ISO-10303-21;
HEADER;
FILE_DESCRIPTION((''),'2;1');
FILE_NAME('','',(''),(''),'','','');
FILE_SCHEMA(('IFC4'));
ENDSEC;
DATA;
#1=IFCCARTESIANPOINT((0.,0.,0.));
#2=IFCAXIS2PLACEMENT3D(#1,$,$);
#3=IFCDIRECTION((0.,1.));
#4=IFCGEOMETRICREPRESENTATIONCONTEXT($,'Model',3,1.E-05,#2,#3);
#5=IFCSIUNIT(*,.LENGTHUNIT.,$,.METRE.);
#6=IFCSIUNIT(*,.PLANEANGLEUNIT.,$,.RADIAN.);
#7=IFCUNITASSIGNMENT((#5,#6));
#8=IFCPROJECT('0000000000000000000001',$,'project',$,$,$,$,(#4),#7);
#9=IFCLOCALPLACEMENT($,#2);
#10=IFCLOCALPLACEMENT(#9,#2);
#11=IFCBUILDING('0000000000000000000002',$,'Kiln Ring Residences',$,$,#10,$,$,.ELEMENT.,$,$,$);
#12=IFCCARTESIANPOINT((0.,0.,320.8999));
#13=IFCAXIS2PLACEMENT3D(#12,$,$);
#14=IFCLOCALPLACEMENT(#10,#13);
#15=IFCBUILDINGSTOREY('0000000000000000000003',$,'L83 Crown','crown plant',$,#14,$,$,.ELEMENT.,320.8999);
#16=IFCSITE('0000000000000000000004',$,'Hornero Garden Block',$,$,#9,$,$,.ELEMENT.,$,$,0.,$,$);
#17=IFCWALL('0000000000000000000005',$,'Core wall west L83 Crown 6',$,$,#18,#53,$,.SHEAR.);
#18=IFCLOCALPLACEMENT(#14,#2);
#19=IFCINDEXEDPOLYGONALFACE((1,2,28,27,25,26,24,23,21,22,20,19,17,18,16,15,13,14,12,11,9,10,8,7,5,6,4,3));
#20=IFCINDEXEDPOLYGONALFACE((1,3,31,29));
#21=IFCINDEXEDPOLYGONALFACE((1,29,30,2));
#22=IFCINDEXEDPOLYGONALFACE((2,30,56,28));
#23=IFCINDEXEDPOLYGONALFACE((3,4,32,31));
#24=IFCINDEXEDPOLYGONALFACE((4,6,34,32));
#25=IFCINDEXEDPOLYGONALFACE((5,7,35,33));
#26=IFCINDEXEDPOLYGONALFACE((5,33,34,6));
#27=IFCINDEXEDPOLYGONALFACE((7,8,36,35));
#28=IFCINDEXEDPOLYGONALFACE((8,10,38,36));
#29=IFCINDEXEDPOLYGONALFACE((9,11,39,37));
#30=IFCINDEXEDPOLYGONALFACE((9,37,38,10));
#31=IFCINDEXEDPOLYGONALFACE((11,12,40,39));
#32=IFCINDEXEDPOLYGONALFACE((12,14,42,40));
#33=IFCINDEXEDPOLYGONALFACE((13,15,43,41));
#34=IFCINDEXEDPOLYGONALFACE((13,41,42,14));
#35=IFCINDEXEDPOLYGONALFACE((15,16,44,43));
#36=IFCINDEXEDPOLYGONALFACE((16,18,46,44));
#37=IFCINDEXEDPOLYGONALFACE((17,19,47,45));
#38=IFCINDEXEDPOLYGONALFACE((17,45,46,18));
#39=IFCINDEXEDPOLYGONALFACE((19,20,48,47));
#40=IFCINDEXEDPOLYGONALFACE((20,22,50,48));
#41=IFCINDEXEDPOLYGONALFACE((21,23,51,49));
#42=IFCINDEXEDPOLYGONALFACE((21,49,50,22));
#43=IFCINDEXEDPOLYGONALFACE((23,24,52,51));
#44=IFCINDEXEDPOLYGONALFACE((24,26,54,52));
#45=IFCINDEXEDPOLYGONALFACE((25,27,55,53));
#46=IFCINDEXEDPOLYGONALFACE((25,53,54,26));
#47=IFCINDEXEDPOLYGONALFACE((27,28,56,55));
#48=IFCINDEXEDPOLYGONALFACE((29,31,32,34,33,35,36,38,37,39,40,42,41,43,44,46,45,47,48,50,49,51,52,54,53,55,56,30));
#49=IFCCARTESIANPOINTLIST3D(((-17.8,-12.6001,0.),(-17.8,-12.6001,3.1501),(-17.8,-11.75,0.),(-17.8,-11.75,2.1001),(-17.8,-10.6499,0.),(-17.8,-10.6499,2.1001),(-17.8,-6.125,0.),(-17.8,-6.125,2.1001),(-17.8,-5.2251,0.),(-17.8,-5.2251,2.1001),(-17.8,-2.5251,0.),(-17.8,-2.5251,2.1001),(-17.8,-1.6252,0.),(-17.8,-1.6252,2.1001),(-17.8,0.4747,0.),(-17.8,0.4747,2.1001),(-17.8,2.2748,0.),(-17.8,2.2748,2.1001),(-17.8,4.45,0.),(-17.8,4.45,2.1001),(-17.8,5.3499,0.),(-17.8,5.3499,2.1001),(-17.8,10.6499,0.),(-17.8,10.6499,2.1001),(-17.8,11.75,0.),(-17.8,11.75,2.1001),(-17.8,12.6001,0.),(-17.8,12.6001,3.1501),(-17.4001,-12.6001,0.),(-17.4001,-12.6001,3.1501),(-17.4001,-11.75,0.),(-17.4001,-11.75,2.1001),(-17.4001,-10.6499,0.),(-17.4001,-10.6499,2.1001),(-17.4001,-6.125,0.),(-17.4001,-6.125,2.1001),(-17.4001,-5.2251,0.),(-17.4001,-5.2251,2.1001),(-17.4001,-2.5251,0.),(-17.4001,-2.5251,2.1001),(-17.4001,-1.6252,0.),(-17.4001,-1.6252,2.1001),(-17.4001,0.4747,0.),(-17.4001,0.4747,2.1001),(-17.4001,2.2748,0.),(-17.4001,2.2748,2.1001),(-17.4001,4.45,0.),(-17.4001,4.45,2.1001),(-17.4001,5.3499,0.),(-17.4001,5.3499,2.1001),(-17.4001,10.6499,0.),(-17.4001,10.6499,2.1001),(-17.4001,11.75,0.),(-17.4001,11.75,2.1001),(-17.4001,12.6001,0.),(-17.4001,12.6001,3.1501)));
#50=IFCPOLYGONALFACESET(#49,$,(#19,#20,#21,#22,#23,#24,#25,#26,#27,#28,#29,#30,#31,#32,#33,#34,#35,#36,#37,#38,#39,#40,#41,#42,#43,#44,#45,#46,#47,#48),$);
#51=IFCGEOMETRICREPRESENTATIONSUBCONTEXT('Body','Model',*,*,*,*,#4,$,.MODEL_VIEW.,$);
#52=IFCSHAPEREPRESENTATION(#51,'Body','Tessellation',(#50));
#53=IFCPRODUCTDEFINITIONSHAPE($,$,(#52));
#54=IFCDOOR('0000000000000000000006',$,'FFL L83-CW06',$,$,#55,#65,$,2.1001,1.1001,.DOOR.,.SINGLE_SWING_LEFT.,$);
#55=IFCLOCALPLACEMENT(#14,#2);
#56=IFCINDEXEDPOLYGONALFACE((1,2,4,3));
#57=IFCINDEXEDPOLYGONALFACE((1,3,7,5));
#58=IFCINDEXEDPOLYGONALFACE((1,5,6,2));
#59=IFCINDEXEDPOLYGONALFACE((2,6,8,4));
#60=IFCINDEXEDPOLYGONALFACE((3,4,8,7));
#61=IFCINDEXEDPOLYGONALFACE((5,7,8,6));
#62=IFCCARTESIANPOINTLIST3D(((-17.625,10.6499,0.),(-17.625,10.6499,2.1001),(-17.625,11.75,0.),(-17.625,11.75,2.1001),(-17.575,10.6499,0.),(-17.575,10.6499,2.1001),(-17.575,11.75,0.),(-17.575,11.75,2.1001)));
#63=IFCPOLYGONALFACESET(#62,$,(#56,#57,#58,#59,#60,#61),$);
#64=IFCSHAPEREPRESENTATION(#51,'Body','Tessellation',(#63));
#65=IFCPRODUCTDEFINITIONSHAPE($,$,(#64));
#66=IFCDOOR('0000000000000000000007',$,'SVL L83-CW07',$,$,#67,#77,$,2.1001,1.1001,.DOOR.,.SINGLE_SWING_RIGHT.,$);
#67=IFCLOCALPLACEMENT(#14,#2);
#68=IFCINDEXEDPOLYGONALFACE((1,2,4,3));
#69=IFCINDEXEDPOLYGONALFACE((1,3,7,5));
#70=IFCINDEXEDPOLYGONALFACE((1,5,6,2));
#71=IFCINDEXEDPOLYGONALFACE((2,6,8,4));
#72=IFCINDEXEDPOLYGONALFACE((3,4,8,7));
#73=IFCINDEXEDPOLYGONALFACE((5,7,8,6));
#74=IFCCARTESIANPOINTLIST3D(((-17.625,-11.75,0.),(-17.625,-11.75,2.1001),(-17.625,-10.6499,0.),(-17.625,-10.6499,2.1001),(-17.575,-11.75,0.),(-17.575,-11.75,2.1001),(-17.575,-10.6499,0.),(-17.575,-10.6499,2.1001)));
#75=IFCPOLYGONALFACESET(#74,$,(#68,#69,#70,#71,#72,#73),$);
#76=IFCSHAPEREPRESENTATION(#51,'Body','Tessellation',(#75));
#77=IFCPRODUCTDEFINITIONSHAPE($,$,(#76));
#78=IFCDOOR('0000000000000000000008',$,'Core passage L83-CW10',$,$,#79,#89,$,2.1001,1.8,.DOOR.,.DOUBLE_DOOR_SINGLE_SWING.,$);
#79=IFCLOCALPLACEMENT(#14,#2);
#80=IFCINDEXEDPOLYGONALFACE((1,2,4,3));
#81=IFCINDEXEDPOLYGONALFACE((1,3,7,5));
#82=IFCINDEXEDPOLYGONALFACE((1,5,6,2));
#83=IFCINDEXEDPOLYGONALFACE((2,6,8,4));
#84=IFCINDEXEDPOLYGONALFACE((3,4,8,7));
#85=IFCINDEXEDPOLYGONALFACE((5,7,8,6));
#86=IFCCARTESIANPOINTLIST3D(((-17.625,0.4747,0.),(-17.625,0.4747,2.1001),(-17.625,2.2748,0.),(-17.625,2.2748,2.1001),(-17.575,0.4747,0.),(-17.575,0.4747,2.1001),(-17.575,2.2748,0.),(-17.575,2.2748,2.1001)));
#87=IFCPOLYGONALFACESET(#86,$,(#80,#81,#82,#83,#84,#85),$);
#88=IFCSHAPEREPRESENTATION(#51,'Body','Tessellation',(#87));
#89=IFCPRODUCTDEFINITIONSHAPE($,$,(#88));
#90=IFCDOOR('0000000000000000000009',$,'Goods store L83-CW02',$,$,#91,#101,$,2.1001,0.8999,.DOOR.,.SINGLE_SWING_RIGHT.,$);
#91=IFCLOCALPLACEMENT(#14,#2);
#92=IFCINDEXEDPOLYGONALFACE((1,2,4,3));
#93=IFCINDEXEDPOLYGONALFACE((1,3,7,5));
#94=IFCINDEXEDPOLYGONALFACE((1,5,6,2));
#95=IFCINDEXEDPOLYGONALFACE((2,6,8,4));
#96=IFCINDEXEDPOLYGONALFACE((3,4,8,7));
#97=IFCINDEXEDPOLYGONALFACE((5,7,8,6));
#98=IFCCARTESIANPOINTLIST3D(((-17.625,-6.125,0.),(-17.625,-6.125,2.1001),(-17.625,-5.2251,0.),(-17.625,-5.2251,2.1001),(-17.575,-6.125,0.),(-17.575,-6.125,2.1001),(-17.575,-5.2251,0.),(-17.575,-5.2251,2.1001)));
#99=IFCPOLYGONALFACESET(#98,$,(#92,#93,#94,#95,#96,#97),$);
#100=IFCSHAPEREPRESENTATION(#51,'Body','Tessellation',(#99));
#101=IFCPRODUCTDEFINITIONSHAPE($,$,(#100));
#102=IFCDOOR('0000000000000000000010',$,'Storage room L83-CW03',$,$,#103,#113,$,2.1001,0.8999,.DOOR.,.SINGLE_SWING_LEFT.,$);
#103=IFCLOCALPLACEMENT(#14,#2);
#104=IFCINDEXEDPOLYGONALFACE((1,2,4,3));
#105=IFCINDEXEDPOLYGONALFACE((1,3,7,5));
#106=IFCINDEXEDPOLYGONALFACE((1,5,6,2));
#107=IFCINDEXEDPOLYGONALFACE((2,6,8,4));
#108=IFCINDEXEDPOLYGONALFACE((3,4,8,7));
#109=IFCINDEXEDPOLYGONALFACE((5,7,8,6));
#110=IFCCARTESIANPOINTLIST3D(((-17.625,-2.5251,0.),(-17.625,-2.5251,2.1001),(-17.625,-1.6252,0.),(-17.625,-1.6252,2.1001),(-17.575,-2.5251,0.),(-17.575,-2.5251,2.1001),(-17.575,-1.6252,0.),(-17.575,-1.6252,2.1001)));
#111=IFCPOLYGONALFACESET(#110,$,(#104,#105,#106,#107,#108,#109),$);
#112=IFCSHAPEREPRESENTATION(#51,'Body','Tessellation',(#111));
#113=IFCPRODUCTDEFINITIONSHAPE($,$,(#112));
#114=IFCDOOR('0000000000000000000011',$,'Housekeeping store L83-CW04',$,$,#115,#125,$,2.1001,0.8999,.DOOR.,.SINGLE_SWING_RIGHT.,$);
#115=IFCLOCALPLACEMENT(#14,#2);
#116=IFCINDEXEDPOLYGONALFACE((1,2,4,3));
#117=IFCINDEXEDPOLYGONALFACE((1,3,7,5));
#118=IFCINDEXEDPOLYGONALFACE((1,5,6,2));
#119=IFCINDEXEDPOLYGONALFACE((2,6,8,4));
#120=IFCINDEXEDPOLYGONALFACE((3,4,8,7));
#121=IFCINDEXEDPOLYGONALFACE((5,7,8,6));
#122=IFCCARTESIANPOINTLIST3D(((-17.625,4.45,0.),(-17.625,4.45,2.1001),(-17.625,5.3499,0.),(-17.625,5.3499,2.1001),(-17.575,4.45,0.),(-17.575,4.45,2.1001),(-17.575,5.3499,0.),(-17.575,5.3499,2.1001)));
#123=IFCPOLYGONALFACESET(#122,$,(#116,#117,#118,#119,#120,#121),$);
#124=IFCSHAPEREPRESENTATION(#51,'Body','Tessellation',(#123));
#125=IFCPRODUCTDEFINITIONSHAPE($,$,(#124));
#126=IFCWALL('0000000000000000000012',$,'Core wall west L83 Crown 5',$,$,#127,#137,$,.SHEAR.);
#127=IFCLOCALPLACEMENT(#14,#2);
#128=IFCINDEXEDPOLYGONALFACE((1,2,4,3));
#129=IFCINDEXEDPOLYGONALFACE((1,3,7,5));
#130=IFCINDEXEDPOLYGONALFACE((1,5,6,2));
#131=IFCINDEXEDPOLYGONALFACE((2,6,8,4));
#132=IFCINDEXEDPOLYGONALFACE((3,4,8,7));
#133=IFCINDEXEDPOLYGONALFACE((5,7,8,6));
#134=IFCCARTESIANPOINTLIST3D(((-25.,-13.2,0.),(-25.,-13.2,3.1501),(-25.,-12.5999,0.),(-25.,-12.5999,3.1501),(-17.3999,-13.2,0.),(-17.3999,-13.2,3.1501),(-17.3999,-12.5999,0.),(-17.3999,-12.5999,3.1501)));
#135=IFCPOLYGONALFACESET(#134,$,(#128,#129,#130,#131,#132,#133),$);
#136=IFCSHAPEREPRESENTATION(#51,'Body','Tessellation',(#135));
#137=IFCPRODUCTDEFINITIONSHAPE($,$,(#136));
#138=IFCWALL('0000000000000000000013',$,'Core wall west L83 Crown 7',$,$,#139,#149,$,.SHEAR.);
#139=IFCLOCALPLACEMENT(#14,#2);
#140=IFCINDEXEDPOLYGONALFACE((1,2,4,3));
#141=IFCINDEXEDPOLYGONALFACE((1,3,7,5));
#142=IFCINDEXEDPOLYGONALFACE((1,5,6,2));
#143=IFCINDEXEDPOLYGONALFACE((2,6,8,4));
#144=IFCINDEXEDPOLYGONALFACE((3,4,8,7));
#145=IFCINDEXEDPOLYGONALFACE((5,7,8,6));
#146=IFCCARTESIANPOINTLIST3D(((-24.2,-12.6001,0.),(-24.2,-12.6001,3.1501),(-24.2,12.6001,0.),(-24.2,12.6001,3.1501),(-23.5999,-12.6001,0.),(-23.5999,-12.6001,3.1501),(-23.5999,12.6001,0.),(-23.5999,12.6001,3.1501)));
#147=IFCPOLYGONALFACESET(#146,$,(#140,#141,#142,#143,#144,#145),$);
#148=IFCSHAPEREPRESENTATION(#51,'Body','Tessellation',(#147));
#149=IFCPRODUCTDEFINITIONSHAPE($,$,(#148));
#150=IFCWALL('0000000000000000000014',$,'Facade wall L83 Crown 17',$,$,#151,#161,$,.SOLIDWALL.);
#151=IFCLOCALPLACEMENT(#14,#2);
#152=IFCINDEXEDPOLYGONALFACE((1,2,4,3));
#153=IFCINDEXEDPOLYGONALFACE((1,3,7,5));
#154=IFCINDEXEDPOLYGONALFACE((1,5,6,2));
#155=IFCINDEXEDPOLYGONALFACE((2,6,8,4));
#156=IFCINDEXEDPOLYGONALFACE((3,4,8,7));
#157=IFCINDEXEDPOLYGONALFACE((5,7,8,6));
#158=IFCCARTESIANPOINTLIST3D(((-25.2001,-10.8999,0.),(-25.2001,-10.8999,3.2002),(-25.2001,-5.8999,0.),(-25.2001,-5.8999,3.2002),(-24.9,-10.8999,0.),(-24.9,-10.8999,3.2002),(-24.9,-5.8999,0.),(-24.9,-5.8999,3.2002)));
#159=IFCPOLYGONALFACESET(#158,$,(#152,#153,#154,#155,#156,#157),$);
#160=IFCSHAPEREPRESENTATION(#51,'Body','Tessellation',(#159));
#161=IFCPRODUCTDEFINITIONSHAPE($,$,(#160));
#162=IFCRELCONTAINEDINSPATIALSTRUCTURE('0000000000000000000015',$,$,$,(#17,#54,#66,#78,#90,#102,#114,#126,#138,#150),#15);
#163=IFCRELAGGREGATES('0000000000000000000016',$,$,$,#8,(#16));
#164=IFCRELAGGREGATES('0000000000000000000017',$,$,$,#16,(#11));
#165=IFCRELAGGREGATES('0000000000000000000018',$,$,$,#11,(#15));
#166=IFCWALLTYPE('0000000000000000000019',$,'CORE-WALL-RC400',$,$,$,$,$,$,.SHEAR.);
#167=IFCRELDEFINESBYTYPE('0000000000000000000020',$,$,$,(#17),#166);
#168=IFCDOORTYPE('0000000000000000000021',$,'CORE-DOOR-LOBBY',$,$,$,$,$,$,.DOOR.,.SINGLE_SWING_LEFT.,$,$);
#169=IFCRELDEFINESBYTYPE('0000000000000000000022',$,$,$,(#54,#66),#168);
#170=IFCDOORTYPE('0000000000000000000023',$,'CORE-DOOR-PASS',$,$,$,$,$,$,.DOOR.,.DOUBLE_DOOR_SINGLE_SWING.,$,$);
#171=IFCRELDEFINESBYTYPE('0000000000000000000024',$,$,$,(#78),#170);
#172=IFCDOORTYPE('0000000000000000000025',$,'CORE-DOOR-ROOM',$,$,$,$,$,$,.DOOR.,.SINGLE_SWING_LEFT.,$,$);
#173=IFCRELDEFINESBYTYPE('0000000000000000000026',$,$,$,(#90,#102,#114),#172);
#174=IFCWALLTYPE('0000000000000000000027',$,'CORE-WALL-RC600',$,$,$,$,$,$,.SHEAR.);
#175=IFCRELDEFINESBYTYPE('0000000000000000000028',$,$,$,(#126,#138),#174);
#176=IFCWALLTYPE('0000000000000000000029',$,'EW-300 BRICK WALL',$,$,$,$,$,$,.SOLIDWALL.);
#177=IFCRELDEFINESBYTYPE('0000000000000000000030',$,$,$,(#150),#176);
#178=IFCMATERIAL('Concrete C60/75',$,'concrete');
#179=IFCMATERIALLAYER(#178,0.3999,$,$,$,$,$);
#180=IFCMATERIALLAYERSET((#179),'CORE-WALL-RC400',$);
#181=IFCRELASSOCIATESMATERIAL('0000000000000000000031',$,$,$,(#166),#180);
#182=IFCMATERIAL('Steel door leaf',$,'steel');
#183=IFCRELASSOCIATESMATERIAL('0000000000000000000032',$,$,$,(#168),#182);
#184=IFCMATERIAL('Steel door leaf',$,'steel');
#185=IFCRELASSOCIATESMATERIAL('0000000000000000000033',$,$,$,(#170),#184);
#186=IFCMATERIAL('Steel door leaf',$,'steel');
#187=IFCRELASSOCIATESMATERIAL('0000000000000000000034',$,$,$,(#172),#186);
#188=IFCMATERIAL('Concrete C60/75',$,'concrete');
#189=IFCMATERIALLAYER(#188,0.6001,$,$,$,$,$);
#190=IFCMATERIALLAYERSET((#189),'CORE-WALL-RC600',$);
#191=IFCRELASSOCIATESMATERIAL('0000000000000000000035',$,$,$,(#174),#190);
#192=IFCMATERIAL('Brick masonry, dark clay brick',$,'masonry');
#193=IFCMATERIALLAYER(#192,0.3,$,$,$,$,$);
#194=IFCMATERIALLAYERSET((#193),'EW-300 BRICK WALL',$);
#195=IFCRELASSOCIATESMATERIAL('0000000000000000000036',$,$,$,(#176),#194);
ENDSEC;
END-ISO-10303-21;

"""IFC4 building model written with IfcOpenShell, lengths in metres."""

from ifc_helpers import new_model, si_unit, direction, frame, frame_2d, origin, place, context, subcontext, project, spatial, rectangle, extrude, material, layer, layer_set, type_object, element, fill, save


model = new_model("IFC4")

# Units and contexts
model_context = context("Model", 3, precision=1e-05, world=origin(), true_north=direction((0.0, 1.0)))
body_context = subcontext(model_context, "Body", "Model", "MODEL_VIEW")
ifc_project = project(units=[si_unit("LENGTHUNIT", "METRE"), si_unit("PLANEANGLEUNIT", "RADIAN")], contexts=[model_context])

# Site, building, storey
site_placement = place(None, origin())
site = spatial("IfcSite", under=ifc_project, at=site_placement, Name="Hornero Garden Block", CompositionType="ELEMENT", RefElevation=0.0)
building_placement = place(site_placement, origin())
building = spatial("IfcBuilding", under=site, at=building_placement, Name="Kiln Ring Residences", CompositionType="ELEMENT")
storey_placement = place(building_placement, frame((0.0, 0.0, 320.8999)))
storey = spatial("IfcBuildingStorey", under=building, at=storey_placement, Name="L83 Crown", Description="crown plant", CompositionType="ELEMENT", Elevation=320.8999)

# Wall, openings, doors
ifc_material_1 = material(Name="Concrete C60/75", Category="concrete")
ifc_layer_1 = layer(ifc_material_1, 0.3999)
ifc_layer_set_1 = layer_set([ifc_layer_1], Name="CORE-WALL-RC400")
wall_type_1 = type_object("IfcWallType", Name="CORE-WALL-RC400", PredefinedType="SHEAR", material=ifc_layer_set_1)
wall_1_placement = place(storey_placement, frame((-17.6001, -12.6001, 0.0), z_axis=(0.0, 0.0, 1.0), x_axis=(0.0, 1.0, 0.0)))
wall_1 = element("IfcWall", 1, at=wall_1_placement, inside=storey, type_object=wall_type_1, Name="Core wall west L83 Crown 6", PredefinedType="SHEAR", context=body_context, shape_type="SweptSolid", body=[
    extrude(rectangle(XDim=25.2002, YDim=0.3999, at=frame_2d((12.6001, 0.0))), origin(), (0.0, 0.0, 1.0), 3.1501),
])
opening_1_placement = place(wall_1_placement, frame((6.4751, 0.0, 0.0)))
opening_1 = element("IfcOpeningElement", 2, at=opening_1_placement, cuts=wall_1, PredefinedType="OPENING", context=body_context, shape_type="SweptSolid", body=[
    extrude(rectangle(XDim=0.8999, YDim=2.1001, at=frame_2d((0.45, 1.05))), frame((0.0, 0.21, 0.0), z_axis=(0.0, -1.0, 0.0), x_axis=(1.0, 0.0, 0.0)), (0.0, 0.0, 1.0), 0.4199),
])
opening_2_placement = place(wall_1_placement, frame((10.075, 0.0, 0.0)))
opening_2 = element("IfcOpeningElement", 3, at=opening_2_placement, cuts=wall_1, PredefinedType="OPENING", context=body_context, shape_type="SweptSolid", body=[
    extrude(rectangle(XDim=0.8999, YDim=2.1001, at=frame_2d((0.45, 1.05))), frame((0.0, 0.21, 0.0), z_axis=(0.0, -1.0, 0.0), x_axis=(1.0, 0.0, 0.0)), (0.0, 0.0, 1.0), 0.4199),
])
opening_3_placement = place(wall_1_placement, frame((17.05, 0.0, 0.0)))
opening_3 = element("IfcOpeningElement", 4, at=opening_3_placement, cuts=wall_1, PredefinedType="OPENING", context=body_context, shape_type="SweptSolid", body=[
    extrude(rectangle(XDim=0.8999, YDim=2.1001, at=frame_2d((0.45, 1.05))), frame((0.0, 0.21, 0.0), z_axis=(0.0, -1.0, 0.0), x_axis=(1.0, 0.0, 0.0)), (0.0, 0.0, 1.0), 0.4199),
])
opening_4_placement = place(wall_1_placement, frame((23.25, 0.0, 0.0)))
opening_4 = element("IfcOpeningElement", 5, at=opening_4_placement, cuts=wall_1, PredefinedType="OPENING", context=body_context, shape_type="SweptSolid", body=[
    extrude(rectangle(XDim=1.1001, YDim=2.1001, at=frame_2d((0.55, 1.05))), frame((0.0, 0.21, 0.0), z_axis=(0.0, -1.0, 0.0), x_axis=(1.0, 0.0, 0.0)), (0.0, 0.0, 1.0), 0.4199),
])
opening_5_placement = place(wall_1_placement, frame((0.8501, 0.0, 0.0)))
opening_5 = element("IfcOpeningElement", 6, at=opening_5_placement, cuts=wall_1, PredefinedType="OPENING", context=body_context, shape_type="SweptSolid", body=[
    extrude(rectangle(XDim=1.1001, YDim=2.1001, at=frame_2d((0.55, 1.05))), frame((0.0, 0.21, 0.0), z_axis=(0.0, -1.0, 0.0), x_axis=(1.0, 0.0, 0.0)), (0.0, 0.0, 1.0), 0.4199),
])
opening_6_placement = place(wall_1_placement, frame((13.075, 0.0, 0.0)))
opening_6 = element("IfcOpeningElement", 7, at=opening_6_placement, cuts=wall_1, PredefinedType="OPENING", context=body_context, shape_type="SweptSolid", body=[
    extrude(rectangle(XDim=1.8, YDim=2.1001, at=frame_2d((0.8999, 1.05))), frame((0.0, 0.21, 0.0), z_axis=(0.0, -1.0, 0.0), x_axis=(1.0, 0.0, 0.0)), (0.0, 0.0, 1.0), 0.4199),
])
ifc_material_2 = material(Name="Steel door leaf", Category="steel")
door_type_1 = type_object("IfcDoorType", Name="CORE-DOOR-LOBBY", OperationType="SINGLE_SWING_LEFT", PredefinedType="DOOR", material=ifc_material_2)
door_1_placement = place(opening_4_placement, origin())
door_1 = element("IfcDoor", 8, at=door_1_placement, inside=storey, type_object=door_type_1, Name="FFL L83-CW06", OperationType="SINGLE_SWING_LEFT", OverallHeight=2.1001, OverallWidth=1.1001, PredefinedType="DOOR", context=body_context, shape_type="SweptSolid", body=[
    extrude(rectangle(XDim=1.1001, YDim=2.1001, at=frame_2d((0.55, 1.05))), frame((0.0, 0.0249, 0.0), z_axis=(0.0, -1.0, 0.0), x_axis=(1.0, 0.0, 0.0)), (0.0, 0.0, 1.0), 0.05),
])
fill(opening_4, door_1)
door_2_placement = place(opening_5_placement, origin())
door_2 = element("IfcDoor", 9, at=door_2_placement, inside=storey, type_object=door_type_1, Name="SVL L83-CW07", OperationType="SINGLE_SWING_RIGHT", OverallHeight=2.1001, OverallWidth=1.1001, PredefinedType="DOOR", context=body_context, shape_type="SweptSolid", body=[
    extrude(rectangle(XDim=1.1001, YDim=2.1001, at=frame_2d((0.55, 1.05))), frame((0.0, 0.0249, 0.0), z_axis=(0.0, -1.0, 0.0), x_axis=(1.0, 0.0, 0.0)), (0.0, 0.0, 1.0), 0.05),
])
fill(opening_5, door_2)
ifc_material_3 = material(Name="Steel door leaf", Category="steel")
door_type_2 = type_object("IfcDoorType", Name="CORE-DOOR-PASS", OperationType="DOUBLE_DOOR_SINGLE_SWING", PredefinedType="DOOR", material=ifc_material_3)
door_3_placement = place(opening_6_placement, origin())
door_3 = element("IfcDoor", 10, at=door_3_placement, inside=storey, type_object=door_type_2, Name="Core passage L83-CW10", OperationType="DOUBLE_DOOR_SINGLE_SWING", OverallHeight=2.1001, OverallWidth=1.8, PredefinedType="DOOR", context=body_context, shape_type="SweptSolid", body=[
    extrude(rectangle(XDim=1.8, YDim=2.1001, at=frame_2d((0.8999, 1.05))), frame((0.0, 0.0249, 0.0), z_axis=(0.0, -1.0, 0.0), x_axis=(1.0, 0.0, 0.0)), (0.0, 0.0, 1.0), 0.05),
])
fill(opening_6, door_3)
ifc_material_4 = material(Name="Steel door leaf", Category="steel")
door_type_3 = type_object("IfcDoorType", Name="CORE-DOOR-ROOM", OperationType="SINGLE_SWING_LEFT", PredefinedType="DOOR", material=ifc_material_4)
door_4_placement = place(opening_1_placement, origin())
door_4 = element("IfcDoor", 11, at=door_4_placement, inside=storey, type_object=door_type_3, Name="Goods store L83-CW02", OperationType="SINGLE_SWING_RIGHT", OverallHeight=2.1001, OverallWidth=0.8999, PredefinedType="DOOR", context=body_context, shape_type="SweptSolid", body=[
    extrude(rectangle(XDim=0.8999, YDim=2.1001, at=frame_2d((0.45, 1.05))), frame((0.0, 0.0249, 0.0), z_axis=(0.0, -1.0, 0.0), x_axis=(1.0, 0.0, 0.0)), (0.0, 0.0, 1.0), 0.05),
])
fill(opening_1, door_4)
door_5_placement = place(opening_2_placement, origin())
door_5 = element("IfcDoor", 12, at=door_5_placement, inside=storey, type_object=door_type_3, Name="Storage room L83-CW03", OperationType="SINGLE_SWING_LEFT", OverallHeight=2.1001, OverallWidth=0.8999, PredefinedType="DOOR", context=body_context, shape_type="SweptSolid", body=[
    extrude(rectangle(XDim=0.8999, YDim=2.1001, at=frame_2d((0.45, 1.05))), frame((0.0, 0.0249, 0.0), z_axis=(0.0, -1.0, 0.0), x_axis=(1.0, 0.0, 0.0)), (0.0, 0.0, 1.0), 0.05),
])
fill(opening_2, door_5)
door_6_placement = place(opening_3_placement, origin())
door_6 = element("IfcDoor", 13, at=door_6_placement, inside=storey, type_object=door_type_3, Name="Housekeeping store L83-CW04", OperationType="SINGLE_SWING_RIGHT", OverallHeight=2.1001, OverallWidth=0.8999, PredefinedType="DOOR", context=body_context, shape_type="SweptSolid", body=[
    extrude(rectangle(XDim=0.8999, YDim=2.1001, at=frame_2d((0.45, 1.05))), frame((0.0, 0.0249, 0.0), z_axis=(0.0, -1.0, 0.0), x_axis=(1.0, 0.0, 0.0)), (0.0, 0.0, 1.0), 0.05),
])
fill(opening_3, door_6)

# Walls
ifc_material_5 = material(Name="Concrete C60/75", Category="concrete")
ifc_layer_2 = layer(ifc_material_5, 0.6001)
ifc_layer_set_2 = layer_set([ifc_layer_2], Name="CORE-WALL-RC600")
wall_type_2 = type_object("IfcWallType", Name="CORE-WALL-RC600", PredefinedType="SHEAR", material=ifc_layer_set_2)
wall_2_placement = place(storey_placement, frame((-17.3999, -12.8999, 0.0), z_axis=(0.0, 0.0, 1.0), x_axis=(-1.0, 0.0, 0.0)))
element("IfcWall", 14, at=wall_2_placement, inside=storey, type_object=wall_type_2, Name="Core wall west L83 Crown 5", PredefinedType="SHEAR", context=body_context, shape_type="SweptSolid", body=[
    extrude(rectangle(XDim=7.6001, YDim=0.6001, at=frame_2d((3.8, 0.0))), origin(), (0.0, 0.0, 1.0), 3.1501),
])
wall_3_placement = place(storey_placement, frame((-23.8999, -12.6001, 0.0), z_axis=(0.0, 0.0, 1.0), x_axis=(0.0, 1.0, 0.0)))
element("IfcWall", 15, at=wall_3_placement, inside=storey, type_object=wall_type_2, Name="Core wall west L83 Crown 7", PredefinedType="SHEAR", context=body_context, shape_type="SweptSolid", body=[
    extrude(rectangle(XDim=25.2002, YDim=0.6001, at=frame_2d((12.6001, 0.0))), origin(), (0.0, 0.0, 1.0), 3.1501),
])
ifc_material_6 = material(Name="Brick masonry, dark clay brick", Category="masonry")
ifc_layer_3 = layer(ifc_material_6, 0.3)
ifc_layer_set_3 = layer_set([ifc_layer_3], Name="EW-300 BRICK WALL")
wall_type_3 = type_object("IfcWallType", Name="EW-300 BRICK WALL", PredefinedType="SOLIDWALL", material=ifc_layer_set_3)
wall_4_placement = place(storey_placement, frame((-25.05, -5.8999, 0.0), z_axis=(0.0, 0.0, 1.0), x_axis=(0.0, -1.0, 0.0)))
element("IfcWall", 16, at=wall_4_placement, inside=storey, type_object=wall_type_3, Name="Facade wall L83 Crown 17", PredefinedType="SOLIDWALL", context=body_context, shape_type="SweptSolid", body=[
    extrude(rectangle(XDim=5.0, YDim=0.3, at=frame_2d((2.5, 0.0))), origin(), (0.0, 0.0, 1.0), 3.2002),
])

save(model, "model.ifc")
